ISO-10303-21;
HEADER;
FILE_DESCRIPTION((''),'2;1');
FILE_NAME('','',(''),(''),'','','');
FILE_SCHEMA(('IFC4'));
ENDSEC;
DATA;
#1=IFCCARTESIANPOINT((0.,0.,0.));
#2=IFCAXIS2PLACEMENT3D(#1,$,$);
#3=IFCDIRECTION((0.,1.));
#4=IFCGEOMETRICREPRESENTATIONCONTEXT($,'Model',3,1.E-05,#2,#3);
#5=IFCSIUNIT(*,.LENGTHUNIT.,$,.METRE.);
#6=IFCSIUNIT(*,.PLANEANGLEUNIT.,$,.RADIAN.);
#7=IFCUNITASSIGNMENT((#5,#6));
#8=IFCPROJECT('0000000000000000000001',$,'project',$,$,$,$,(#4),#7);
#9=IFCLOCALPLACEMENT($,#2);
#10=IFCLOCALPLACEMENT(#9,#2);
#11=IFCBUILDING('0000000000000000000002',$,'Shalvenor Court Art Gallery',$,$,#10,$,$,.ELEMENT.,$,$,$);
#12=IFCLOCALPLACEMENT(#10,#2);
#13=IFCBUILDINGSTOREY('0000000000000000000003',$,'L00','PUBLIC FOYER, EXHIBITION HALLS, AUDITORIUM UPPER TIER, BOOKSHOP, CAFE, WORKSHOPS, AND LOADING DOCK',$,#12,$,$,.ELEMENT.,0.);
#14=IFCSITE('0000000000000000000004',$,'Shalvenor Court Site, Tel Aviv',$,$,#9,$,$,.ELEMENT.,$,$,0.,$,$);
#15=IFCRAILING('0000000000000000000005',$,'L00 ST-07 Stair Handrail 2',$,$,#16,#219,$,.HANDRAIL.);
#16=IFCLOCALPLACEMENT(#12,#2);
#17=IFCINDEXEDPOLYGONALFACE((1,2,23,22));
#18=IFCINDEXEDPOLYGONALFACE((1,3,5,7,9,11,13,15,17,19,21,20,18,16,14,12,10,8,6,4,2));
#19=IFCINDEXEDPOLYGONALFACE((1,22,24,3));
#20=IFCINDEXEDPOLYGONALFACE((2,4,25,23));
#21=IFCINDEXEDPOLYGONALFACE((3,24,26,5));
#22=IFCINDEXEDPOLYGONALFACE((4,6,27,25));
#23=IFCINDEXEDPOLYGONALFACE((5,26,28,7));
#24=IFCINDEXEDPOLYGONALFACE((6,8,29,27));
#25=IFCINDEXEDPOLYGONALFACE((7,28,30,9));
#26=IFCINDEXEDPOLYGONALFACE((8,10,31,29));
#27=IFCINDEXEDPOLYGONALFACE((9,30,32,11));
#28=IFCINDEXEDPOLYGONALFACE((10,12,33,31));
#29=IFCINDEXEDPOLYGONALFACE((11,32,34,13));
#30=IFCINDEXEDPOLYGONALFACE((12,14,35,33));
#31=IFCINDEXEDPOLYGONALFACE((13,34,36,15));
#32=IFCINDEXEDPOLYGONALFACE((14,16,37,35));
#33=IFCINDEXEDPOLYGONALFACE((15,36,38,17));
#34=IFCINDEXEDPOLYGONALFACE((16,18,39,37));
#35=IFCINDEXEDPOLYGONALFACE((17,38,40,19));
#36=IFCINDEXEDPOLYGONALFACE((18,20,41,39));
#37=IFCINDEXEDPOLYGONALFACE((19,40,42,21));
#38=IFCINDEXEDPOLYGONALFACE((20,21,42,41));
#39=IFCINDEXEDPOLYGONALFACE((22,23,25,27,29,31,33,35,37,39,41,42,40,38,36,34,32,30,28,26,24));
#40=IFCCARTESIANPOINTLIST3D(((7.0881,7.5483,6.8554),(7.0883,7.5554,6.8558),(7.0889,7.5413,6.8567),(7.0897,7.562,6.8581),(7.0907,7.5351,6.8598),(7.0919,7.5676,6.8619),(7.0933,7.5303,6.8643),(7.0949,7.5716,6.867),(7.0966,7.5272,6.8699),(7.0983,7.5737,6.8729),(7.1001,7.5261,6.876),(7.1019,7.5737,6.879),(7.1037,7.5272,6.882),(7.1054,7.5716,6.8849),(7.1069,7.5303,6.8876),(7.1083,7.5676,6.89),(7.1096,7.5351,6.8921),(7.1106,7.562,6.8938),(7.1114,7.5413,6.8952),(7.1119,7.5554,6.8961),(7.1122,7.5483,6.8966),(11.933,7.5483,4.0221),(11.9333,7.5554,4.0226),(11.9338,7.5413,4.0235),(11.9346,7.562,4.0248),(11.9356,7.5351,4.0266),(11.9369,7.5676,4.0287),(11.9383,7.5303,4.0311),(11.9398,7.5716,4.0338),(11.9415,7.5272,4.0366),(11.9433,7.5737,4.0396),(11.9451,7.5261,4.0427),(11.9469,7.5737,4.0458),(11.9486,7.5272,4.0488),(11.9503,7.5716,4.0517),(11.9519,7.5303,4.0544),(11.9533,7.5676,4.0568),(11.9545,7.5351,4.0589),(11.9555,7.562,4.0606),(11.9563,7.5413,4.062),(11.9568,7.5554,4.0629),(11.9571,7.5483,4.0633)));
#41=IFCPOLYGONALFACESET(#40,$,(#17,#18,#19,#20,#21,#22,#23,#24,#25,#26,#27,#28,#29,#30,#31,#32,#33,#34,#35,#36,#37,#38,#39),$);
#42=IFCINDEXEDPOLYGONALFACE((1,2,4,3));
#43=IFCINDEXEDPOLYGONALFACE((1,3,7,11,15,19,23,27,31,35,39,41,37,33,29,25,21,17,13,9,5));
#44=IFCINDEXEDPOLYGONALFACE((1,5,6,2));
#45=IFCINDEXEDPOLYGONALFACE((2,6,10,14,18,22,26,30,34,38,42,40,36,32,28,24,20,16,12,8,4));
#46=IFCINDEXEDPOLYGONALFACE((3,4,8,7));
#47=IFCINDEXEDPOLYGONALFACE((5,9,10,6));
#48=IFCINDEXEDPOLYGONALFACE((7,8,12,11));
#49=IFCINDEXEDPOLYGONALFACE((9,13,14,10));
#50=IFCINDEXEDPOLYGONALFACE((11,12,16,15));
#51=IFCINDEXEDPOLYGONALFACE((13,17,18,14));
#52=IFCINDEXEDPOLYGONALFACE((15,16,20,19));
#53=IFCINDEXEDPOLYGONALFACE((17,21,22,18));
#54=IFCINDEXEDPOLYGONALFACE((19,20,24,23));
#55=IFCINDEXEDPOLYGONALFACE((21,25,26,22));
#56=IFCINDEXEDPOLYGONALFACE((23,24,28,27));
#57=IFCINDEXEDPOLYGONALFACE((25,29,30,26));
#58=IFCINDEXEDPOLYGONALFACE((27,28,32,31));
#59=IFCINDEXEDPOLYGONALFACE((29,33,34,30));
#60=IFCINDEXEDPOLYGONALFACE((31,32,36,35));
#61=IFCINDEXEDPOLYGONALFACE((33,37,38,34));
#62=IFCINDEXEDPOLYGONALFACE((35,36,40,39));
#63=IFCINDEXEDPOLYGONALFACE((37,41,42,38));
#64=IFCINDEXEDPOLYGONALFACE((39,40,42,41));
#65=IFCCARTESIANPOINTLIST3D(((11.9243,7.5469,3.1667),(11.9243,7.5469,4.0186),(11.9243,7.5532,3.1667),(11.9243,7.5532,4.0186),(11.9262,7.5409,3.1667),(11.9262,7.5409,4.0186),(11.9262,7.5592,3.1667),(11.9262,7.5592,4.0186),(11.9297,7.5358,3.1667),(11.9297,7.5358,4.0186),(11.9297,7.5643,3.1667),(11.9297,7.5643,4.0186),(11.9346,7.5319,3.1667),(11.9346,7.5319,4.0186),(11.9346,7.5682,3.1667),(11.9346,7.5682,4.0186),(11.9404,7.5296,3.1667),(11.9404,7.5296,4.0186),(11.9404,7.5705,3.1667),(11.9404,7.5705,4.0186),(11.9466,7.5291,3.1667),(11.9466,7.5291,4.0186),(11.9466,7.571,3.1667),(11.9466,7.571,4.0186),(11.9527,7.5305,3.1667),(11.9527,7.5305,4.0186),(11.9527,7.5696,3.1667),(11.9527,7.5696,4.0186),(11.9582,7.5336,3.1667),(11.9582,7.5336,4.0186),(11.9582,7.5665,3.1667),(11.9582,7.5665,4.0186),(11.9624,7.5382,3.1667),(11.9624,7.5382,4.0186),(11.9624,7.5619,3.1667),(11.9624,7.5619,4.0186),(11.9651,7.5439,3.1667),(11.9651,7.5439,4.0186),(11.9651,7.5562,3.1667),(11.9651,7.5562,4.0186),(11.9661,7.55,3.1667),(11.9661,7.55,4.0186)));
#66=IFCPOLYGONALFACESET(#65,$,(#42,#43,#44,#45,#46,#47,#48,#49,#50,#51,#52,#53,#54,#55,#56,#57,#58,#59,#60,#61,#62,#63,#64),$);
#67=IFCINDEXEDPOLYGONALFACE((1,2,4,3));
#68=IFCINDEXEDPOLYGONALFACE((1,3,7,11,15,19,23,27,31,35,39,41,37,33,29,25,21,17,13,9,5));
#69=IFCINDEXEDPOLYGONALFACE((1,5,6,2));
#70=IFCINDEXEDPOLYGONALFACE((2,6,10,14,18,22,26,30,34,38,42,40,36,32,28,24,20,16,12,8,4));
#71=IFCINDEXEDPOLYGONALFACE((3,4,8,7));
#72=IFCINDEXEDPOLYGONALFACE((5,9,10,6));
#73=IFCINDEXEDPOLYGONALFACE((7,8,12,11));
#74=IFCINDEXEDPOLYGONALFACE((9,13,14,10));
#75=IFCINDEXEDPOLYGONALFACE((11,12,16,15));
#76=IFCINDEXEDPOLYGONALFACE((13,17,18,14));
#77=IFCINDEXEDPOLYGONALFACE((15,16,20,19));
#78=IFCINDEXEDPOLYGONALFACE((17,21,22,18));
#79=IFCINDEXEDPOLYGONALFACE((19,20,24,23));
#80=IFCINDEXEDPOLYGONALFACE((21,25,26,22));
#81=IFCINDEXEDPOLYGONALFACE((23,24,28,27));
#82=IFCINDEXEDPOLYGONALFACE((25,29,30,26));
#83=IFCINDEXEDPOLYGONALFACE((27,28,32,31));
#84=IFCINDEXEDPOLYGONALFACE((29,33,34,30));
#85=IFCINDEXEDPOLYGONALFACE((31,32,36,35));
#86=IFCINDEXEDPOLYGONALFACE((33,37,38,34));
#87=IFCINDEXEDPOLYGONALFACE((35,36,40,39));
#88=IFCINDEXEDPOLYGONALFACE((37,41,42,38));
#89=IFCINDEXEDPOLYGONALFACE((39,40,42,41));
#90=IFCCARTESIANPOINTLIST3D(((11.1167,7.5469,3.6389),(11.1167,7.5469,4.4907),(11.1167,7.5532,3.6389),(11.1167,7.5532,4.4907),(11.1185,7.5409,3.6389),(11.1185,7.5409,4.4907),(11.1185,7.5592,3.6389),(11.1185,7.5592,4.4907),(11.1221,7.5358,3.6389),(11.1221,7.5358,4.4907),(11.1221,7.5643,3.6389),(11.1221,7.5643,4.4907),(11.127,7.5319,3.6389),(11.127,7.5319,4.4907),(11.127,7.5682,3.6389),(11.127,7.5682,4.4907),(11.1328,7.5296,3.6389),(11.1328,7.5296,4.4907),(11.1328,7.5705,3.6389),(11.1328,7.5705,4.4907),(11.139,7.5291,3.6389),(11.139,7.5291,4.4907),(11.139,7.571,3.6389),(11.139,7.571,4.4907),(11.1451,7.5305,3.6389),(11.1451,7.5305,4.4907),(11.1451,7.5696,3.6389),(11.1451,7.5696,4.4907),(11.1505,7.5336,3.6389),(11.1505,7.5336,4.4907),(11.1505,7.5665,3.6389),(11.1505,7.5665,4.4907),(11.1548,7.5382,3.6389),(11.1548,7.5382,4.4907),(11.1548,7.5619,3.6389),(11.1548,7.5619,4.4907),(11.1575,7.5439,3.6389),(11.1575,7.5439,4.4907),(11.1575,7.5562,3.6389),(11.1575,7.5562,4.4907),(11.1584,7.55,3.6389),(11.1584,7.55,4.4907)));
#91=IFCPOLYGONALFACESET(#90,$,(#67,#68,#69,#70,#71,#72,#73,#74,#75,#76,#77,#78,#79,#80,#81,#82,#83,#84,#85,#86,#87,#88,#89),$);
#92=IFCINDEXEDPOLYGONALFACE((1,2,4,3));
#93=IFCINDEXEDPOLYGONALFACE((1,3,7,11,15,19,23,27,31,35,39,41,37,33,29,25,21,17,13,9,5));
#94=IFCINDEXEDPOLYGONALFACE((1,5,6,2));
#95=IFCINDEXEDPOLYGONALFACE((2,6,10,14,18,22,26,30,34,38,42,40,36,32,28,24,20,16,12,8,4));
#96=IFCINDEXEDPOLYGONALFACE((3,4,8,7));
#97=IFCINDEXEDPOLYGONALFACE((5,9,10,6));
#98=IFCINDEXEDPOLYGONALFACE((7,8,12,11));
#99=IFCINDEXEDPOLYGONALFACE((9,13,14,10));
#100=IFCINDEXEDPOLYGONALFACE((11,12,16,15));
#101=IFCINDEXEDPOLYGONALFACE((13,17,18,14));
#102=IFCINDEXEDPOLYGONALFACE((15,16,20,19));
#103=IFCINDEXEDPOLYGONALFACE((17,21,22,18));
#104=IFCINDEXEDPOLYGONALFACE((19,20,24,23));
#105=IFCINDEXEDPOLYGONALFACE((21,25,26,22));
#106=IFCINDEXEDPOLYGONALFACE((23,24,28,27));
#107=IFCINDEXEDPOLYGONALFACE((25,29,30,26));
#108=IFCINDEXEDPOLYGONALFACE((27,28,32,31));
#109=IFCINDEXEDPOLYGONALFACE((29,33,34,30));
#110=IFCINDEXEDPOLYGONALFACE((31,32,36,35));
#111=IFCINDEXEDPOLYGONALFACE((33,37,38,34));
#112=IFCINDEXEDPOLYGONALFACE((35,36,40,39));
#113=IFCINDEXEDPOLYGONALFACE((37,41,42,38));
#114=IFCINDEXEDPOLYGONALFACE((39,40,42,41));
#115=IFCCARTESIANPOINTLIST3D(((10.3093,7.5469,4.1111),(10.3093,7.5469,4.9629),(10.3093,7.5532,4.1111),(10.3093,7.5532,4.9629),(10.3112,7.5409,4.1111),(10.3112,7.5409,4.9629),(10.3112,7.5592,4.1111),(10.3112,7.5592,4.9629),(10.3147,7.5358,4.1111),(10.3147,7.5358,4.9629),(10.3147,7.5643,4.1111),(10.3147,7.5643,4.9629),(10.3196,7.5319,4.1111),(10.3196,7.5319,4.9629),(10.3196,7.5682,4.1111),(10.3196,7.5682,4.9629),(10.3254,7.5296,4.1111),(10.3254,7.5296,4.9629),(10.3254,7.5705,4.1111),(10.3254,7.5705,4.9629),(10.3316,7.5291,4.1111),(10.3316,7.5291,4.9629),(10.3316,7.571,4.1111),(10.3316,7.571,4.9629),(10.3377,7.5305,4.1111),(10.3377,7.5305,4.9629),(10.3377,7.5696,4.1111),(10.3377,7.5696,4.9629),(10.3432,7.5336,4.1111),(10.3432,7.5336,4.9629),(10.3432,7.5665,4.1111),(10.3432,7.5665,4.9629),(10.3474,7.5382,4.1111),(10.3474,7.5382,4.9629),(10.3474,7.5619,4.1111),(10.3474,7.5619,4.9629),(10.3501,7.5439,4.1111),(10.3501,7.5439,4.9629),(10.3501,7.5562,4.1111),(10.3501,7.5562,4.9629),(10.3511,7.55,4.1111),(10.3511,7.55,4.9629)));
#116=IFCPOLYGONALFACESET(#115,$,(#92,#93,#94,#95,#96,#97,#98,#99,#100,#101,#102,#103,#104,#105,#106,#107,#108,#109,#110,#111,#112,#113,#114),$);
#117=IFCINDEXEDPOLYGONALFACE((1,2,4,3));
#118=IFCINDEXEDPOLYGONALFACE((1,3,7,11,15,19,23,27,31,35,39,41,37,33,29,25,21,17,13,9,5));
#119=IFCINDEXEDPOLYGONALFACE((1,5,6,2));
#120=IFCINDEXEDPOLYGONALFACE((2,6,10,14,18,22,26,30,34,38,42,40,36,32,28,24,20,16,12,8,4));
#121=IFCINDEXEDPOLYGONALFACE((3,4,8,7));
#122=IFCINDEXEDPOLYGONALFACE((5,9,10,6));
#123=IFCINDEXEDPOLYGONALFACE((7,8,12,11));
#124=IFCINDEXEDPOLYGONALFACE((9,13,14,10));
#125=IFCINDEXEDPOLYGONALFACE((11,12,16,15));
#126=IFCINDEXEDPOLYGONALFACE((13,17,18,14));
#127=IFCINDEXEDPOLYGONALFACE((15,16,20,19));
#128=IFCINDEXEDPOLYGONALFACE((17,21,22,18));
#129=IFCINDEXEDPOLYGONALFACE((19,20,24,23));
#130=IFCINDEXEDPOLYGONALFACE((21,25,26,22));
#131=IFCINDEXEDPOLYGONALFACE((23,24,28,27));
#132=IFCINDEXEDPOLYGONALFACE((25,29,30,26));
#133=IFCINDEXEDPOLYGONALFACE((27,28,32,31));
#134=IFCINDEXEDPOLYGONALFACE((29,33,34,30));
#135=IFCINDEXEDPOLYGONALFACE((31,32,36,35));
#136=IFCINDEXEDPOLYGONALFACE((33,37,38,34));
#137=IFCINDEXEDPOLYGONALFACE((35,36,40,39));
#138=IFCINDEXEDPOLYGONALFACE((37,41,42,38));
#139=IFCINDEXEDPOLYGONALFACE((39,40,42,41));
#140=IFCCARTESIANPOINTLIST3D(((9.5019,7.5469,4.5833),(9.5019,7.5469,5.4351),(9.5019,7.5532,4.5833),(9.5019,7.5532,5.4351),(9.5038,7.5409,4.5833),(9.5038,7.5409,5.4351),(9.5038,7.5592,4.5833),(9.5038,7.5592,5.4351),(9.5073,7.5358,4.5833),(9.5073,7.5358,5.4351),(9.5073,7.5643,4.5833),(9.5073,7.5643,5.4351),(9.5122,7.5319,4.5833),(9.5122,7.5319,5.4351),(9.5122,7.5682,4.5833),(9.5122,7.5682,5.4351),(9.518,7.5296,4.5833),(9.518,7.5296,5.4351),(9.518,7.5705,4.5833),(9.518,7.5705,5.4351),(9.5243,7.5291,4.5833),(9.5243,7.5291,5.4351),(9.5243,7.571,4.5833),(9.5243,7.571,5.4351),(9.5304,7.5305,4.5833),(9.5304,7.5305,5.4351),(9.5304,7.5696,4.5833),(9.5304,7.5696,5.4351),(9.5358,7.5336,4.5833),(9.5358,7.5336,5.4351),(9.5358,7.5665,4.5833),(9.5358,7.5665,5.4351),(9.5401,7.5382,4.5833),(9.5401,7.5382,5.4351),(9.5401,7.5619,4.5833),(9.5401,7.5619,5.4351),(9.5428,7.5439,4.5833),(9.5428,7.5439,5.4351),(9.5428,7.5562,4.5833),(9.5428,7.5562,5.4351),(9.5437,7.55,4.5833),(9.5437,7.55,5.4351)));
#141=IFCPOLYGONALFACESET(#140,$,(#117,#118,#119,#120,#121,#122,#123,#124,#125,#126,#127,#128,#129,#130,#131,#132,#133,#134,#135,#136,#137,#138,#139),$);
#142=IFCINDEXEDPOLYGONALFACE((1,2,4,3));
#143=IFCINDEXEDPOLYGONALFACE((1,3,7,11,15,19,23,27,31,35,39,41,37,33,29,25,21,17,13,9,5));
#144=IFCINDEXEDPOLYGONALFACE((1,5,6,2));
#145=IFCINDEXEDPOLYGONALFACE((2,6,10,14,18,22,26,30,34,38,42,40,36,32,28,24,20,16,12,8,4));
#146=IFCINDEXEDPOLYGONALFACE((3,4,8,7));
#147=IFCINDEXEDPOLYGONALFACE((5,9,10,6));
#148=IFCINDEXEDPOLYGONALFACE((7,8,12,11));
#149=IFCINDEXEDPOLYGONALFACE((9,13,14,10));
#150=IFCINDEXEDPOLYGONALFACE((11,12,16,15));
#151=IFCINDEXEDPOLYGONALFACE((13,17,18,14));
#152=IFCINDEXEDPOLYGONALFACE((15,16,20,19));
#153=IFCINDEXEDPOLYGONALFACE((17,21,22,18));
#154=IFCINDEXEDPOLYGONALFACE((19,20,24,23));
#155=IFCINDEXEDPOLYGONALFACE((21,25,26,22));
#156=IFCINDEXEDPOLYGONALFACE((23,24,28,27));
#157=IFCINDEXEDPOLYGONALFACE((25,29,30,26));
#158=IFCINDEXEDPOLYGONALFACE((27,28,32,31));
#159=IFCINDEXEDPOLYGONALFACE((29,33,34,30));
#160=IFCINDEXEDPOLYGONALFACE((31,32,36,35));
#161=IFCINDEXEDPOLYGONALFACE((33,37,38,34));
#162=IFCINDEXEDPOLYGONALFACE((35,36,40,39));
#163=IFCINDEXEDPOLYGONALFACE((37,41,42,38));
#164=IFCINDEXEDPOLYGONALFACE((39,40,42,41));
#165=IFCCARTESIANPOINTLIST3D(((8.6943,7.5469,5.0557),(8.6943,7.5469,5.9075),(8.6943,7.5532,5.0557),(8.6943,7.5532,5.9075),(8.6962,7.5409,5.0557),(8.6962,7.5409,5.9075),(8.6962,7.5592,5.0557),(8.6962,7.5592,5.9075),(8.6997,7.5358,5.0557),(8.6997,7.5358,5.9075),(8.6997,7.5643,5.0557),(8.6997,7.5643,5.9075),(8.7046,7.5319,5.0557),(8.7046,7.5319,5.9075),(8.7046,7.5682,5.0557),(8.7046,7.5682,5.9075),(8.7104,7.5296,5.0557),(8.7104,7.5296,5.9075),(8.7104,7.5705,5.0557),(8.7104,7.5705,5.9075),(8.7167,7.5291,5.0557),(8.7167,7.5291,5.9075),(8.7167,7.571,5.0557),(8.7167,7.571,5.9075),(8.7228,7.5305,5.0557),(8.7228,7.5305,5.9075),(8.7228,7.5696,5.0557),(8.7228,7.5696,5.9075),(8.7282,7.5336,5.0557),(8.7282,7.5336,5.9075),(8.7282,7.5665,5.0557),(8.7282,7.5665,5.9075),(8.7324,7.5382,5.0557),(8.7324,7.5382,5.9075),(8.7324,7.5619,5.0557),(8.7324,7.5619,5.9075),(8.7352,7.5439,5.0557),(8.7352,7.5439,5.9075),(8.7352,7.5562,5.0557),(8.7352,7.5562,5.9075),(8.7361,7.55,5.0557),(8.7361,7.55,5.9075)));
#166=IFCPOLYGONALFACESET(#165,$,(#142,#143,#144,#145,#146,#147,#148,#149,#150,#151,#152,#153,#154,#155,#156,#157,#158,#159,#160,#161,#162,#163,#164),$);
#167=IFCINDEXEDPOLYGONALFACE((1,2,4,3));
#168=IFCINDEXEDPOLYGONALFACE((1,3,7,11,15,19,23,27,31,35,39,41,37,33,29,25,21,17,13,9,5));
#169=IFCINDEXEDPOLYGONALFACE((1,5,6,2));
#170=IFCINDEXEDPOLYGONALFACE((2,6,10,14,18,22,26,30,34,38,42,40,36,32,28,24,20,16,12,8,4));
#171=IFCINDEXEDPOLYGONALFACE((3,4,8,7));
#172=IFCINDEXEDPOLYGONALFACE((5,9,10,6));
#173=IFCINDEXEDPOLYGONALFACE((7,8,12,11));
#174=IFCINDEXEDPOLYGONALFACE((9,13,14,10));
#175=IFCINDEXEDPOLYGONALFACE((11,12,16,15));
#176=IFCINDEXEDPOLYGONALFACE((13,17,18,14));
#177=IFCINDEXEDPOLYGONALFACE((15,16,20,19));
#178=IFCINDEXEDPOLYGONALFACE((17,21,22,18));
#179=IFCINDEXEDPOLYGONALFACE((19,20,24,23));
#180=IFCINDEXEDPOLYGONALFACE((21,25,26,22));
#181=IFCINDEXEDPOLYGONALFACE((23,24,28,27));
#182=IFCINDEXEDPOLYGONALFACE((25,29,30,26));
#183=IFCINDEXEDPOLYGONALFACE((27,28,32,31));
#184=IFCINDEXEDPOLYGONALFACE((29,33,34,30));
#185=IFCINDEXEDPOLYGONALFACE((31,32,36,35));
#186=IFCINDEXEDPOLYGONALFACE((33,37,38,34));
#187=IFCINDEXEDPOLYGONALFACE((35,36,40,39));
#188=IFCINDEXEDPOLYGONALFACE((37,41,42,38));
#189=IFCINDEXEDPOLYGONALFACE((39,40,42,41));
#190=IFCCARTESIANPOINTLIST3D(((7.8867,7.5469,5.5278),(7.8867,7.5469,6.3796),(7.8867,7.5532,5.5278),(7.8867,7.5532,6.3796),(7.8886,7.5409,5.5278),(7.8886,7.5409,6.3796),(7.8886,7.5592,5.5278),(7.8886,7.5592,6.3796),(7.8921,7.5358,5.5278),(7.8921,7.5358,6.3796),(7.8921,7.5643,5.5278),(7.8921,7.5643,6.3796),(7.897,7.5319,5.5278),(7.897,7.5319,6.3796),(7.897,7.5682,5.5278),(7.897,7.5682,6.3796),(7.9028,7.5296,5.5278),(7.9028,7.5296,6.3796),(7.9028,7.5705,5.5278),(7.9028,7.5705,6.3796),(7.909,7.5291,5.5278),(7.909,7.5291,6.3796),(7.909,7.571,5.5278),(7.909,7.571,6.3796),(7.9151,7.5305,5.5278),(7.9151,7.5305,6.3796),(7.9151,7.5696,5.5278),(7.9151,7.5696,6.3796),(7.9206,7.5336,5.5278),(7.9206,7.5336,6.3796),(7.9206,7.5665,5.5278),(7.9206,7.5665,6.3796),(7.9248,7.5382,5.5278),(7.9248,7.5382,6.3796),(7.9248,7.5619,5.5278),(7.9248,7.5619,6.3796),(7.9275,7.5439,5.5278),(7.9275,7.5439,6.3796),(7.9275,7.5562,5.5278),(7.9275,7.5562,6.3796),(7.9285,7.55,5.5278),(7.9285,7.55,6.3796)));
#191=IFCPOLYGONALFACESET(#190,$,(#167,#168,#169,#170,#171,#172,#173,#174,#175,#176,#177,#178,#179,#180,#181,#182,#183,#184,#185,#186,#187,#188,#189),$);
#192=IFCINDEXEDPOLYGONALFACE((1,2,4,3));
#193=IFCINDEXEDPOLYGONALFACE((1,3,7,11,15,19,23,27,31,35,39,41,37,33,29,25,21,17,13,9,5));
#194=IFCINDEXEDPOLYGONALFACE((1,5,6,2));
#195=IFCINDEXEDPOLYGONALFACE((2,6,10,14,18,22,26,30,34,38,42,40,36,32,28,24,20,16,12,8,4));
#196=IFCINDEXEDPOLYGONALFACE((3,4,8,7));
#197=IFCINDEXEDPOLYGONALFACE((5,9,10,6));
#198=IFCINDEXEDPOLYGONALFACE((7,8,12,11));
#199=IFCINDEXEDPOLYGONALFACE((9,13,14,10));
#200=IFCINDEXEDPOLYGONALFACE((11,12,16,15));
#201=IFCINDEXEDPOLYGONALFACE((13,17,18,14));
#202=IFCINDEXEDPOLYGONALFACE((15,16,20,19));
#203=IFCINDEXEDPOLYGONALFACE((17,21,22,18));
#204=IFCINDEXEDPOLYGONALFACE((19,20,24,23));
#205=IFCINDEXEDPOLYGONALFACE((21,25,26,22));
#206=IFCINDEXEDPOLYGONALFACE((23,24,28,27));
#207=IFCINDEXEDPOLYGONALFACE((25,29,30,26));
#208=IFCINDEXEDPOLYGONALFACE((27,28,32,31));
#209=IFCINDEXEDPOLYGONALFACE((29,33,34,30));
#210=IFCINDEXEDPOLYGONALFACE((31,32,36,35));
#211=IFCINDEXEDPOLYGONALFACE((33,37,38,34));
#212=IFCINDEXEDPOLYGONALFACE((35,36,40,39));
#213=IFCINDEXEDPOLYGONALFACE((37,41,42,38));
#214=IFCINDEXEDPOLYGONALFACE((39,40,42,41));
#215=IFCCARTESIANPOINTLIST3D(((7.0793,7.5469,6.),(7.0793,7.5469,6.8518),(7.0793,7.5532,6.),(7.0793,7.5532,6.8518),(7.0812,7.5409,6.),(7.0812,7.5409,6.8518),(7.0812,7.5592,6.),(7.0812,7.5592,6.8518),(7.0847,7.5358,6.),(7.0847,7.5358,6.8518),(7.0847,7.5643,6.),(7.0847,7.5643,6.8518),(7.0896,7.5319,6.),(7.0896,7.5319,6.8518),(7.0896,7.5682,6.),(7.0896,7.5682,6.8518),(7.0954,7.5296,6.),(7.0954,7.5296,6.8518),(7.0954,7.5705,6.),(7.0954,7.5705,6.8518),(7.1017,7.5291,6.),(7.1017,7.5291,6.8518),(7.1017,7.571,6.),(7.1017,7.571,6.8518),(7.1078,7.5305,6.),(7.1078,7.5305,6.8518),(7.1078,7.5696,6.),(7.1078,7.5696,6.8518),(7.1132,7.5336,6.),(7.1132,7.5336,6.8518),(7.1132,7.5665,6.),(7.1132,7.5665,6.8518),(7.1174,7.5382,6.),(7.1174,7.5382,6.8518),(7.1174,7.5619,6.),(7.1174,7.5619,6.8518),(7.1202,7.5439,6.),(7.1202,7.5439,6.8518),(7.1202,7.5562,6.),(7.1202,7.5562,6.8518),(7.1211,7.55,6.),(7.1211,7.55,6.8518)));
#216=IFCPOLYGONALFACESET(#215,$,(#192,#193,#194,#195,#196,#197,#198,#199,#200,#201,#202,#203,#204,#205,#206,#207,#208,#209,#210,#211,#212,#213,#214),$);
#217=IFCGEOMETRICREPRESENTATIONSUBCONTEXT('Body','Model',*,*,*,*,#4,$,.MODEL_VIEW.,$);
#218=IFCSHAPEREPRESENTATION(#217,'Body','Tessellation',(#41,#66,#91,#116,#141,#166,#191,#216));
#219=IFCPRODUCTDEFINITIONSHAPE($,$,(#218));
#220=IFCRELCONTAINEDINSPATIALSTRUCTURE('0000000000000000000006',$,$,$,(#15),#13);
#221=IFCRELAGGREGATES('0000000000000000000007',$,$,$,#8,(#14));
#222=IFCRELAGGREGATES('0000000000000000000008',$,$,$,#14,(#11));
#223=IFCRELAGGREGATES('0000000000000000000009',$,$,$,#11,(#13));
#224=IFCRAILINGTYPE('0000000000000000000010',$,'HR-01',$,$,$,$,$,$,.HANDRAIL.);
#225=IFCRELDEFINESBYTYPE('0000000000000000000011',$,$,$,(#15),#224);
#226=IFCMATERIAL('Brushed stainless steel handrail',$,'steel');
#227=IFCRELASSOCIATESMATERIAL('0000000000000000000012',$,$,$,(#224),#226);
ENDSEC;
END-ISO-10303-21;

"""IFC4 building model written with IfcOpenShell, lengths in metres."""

from ifc_helpers import new_model, si_unit, direction, frame, origin, origin_2d, place, context, subcontext, project, spatial, circle, extrude, material, type_object, element, save


model = new_model("IFC4")

# Units and contexts
model_context = context("Model", 3, precision=1e-05, world=origin(), true_north=direction((0.0, 1.0)))
body_context = subcontext(model_context, "Body", "Model", "MODEL_VIEW")
ifc_project = project(units=[si_unit("LENGTHUNIT", "METRE"), si_unit("PLANEANGLEUNIT", "RADIAN")], contexts=[model_context])

# Site, building, storey
site_placement = place(None, origin())
site = spatial("IfcSite", under=ifc_project, at=site_placement, Name="Shalvenor Court Site, Tel Aviv", CompositionType="ELEMENT", RefElevation=0.0)
building_placement = place(site_placement, origin())
building = spatial("IfcBuilding", under=site, at=building_placement, Name="Shalvenor Court Art Gallery", CompositionType="ELEMENT")
storey_placement = place(building_placement, origin())
storey = spatial("IfcBuildingStorey", under=building, at=storey_placement, Name="L00", Description="PUBLIC FOYER, EXHIBITION HALLS, AUDITORIUM UPPER TIER, BOOKSHOP, CAFE, WORKSHOPS, AND LOADING DOCK", CompositionType="ELEMENT", Elevation=0.0)

# Railing
ifc_material_1 = material(Name="Brushed stainless steel handrail", Category="steel")
railing_type = type_object("IfcRailingType", Name="HR-01", PredefinedType="HANDRAIL", material=ifc_material_1)
railing_placement = place(storey_placement, frame((11.9451, 7.55, 3.1667)))
element("IfcRailing", 1, at=railing_placement, inside=storey, type_object=railing_type, Name="L00 ST-07 Stair Handrail 2", PredefinedType="HANDRAIL", context=body_context, shape_type="SweptSolid", body=[
    extrude(circle(Radius=0.0239, at=origin_2d()), frame((0.0, 0.0, 0.876), z_axis=(-0.863234, 0.0, 0.504804), x_axis=(0.0, -1.0, 0.0)), (0.0, 0.0, 1.0), 5.6125),
    extrude(circle(Radius=0.021, at=origin_2d()), origin(), (0.0, 0.0, 1.0), 0.8518),
    extrude(circle(Radius=0.021, at=origin_2d()), frame((-0.8076, 0.0, 0.4722)), (0.0, 0.0, 1.0), 0.8518),
    extrude(circle(Radius=0.021, at=origin_2d()), frame((-1.615, 0.0, 0.9443)), (0.0, 0.0, 1.0), 0.8518),
    extrude(circle(Radius=0.021, at=origin_2d()), frame((-2.4224, 0.0, 1.4165)), (0.0, 0.0, 1.0), 0.8518),
    extrude(circle(Radius=0.021, at=origin_2d()), frame((-3.23, 0.0, 1.8889)), (0.0, 0.0, 1.0), 0.8518),
    extrude(circle(Radius=0.021, at=origin_2d()), frame((-4.0376, 0.0, 2.3611)), (0.0, 0.0, 1.0), 0.8518),
    extrude(circle(Radius=0.021, at=origin_2d()), frame((-4.845, 0.0, 2.8333)), (0.0, 0.0, 1.0), 0.8518),
])

save(model, "model.ifc")
